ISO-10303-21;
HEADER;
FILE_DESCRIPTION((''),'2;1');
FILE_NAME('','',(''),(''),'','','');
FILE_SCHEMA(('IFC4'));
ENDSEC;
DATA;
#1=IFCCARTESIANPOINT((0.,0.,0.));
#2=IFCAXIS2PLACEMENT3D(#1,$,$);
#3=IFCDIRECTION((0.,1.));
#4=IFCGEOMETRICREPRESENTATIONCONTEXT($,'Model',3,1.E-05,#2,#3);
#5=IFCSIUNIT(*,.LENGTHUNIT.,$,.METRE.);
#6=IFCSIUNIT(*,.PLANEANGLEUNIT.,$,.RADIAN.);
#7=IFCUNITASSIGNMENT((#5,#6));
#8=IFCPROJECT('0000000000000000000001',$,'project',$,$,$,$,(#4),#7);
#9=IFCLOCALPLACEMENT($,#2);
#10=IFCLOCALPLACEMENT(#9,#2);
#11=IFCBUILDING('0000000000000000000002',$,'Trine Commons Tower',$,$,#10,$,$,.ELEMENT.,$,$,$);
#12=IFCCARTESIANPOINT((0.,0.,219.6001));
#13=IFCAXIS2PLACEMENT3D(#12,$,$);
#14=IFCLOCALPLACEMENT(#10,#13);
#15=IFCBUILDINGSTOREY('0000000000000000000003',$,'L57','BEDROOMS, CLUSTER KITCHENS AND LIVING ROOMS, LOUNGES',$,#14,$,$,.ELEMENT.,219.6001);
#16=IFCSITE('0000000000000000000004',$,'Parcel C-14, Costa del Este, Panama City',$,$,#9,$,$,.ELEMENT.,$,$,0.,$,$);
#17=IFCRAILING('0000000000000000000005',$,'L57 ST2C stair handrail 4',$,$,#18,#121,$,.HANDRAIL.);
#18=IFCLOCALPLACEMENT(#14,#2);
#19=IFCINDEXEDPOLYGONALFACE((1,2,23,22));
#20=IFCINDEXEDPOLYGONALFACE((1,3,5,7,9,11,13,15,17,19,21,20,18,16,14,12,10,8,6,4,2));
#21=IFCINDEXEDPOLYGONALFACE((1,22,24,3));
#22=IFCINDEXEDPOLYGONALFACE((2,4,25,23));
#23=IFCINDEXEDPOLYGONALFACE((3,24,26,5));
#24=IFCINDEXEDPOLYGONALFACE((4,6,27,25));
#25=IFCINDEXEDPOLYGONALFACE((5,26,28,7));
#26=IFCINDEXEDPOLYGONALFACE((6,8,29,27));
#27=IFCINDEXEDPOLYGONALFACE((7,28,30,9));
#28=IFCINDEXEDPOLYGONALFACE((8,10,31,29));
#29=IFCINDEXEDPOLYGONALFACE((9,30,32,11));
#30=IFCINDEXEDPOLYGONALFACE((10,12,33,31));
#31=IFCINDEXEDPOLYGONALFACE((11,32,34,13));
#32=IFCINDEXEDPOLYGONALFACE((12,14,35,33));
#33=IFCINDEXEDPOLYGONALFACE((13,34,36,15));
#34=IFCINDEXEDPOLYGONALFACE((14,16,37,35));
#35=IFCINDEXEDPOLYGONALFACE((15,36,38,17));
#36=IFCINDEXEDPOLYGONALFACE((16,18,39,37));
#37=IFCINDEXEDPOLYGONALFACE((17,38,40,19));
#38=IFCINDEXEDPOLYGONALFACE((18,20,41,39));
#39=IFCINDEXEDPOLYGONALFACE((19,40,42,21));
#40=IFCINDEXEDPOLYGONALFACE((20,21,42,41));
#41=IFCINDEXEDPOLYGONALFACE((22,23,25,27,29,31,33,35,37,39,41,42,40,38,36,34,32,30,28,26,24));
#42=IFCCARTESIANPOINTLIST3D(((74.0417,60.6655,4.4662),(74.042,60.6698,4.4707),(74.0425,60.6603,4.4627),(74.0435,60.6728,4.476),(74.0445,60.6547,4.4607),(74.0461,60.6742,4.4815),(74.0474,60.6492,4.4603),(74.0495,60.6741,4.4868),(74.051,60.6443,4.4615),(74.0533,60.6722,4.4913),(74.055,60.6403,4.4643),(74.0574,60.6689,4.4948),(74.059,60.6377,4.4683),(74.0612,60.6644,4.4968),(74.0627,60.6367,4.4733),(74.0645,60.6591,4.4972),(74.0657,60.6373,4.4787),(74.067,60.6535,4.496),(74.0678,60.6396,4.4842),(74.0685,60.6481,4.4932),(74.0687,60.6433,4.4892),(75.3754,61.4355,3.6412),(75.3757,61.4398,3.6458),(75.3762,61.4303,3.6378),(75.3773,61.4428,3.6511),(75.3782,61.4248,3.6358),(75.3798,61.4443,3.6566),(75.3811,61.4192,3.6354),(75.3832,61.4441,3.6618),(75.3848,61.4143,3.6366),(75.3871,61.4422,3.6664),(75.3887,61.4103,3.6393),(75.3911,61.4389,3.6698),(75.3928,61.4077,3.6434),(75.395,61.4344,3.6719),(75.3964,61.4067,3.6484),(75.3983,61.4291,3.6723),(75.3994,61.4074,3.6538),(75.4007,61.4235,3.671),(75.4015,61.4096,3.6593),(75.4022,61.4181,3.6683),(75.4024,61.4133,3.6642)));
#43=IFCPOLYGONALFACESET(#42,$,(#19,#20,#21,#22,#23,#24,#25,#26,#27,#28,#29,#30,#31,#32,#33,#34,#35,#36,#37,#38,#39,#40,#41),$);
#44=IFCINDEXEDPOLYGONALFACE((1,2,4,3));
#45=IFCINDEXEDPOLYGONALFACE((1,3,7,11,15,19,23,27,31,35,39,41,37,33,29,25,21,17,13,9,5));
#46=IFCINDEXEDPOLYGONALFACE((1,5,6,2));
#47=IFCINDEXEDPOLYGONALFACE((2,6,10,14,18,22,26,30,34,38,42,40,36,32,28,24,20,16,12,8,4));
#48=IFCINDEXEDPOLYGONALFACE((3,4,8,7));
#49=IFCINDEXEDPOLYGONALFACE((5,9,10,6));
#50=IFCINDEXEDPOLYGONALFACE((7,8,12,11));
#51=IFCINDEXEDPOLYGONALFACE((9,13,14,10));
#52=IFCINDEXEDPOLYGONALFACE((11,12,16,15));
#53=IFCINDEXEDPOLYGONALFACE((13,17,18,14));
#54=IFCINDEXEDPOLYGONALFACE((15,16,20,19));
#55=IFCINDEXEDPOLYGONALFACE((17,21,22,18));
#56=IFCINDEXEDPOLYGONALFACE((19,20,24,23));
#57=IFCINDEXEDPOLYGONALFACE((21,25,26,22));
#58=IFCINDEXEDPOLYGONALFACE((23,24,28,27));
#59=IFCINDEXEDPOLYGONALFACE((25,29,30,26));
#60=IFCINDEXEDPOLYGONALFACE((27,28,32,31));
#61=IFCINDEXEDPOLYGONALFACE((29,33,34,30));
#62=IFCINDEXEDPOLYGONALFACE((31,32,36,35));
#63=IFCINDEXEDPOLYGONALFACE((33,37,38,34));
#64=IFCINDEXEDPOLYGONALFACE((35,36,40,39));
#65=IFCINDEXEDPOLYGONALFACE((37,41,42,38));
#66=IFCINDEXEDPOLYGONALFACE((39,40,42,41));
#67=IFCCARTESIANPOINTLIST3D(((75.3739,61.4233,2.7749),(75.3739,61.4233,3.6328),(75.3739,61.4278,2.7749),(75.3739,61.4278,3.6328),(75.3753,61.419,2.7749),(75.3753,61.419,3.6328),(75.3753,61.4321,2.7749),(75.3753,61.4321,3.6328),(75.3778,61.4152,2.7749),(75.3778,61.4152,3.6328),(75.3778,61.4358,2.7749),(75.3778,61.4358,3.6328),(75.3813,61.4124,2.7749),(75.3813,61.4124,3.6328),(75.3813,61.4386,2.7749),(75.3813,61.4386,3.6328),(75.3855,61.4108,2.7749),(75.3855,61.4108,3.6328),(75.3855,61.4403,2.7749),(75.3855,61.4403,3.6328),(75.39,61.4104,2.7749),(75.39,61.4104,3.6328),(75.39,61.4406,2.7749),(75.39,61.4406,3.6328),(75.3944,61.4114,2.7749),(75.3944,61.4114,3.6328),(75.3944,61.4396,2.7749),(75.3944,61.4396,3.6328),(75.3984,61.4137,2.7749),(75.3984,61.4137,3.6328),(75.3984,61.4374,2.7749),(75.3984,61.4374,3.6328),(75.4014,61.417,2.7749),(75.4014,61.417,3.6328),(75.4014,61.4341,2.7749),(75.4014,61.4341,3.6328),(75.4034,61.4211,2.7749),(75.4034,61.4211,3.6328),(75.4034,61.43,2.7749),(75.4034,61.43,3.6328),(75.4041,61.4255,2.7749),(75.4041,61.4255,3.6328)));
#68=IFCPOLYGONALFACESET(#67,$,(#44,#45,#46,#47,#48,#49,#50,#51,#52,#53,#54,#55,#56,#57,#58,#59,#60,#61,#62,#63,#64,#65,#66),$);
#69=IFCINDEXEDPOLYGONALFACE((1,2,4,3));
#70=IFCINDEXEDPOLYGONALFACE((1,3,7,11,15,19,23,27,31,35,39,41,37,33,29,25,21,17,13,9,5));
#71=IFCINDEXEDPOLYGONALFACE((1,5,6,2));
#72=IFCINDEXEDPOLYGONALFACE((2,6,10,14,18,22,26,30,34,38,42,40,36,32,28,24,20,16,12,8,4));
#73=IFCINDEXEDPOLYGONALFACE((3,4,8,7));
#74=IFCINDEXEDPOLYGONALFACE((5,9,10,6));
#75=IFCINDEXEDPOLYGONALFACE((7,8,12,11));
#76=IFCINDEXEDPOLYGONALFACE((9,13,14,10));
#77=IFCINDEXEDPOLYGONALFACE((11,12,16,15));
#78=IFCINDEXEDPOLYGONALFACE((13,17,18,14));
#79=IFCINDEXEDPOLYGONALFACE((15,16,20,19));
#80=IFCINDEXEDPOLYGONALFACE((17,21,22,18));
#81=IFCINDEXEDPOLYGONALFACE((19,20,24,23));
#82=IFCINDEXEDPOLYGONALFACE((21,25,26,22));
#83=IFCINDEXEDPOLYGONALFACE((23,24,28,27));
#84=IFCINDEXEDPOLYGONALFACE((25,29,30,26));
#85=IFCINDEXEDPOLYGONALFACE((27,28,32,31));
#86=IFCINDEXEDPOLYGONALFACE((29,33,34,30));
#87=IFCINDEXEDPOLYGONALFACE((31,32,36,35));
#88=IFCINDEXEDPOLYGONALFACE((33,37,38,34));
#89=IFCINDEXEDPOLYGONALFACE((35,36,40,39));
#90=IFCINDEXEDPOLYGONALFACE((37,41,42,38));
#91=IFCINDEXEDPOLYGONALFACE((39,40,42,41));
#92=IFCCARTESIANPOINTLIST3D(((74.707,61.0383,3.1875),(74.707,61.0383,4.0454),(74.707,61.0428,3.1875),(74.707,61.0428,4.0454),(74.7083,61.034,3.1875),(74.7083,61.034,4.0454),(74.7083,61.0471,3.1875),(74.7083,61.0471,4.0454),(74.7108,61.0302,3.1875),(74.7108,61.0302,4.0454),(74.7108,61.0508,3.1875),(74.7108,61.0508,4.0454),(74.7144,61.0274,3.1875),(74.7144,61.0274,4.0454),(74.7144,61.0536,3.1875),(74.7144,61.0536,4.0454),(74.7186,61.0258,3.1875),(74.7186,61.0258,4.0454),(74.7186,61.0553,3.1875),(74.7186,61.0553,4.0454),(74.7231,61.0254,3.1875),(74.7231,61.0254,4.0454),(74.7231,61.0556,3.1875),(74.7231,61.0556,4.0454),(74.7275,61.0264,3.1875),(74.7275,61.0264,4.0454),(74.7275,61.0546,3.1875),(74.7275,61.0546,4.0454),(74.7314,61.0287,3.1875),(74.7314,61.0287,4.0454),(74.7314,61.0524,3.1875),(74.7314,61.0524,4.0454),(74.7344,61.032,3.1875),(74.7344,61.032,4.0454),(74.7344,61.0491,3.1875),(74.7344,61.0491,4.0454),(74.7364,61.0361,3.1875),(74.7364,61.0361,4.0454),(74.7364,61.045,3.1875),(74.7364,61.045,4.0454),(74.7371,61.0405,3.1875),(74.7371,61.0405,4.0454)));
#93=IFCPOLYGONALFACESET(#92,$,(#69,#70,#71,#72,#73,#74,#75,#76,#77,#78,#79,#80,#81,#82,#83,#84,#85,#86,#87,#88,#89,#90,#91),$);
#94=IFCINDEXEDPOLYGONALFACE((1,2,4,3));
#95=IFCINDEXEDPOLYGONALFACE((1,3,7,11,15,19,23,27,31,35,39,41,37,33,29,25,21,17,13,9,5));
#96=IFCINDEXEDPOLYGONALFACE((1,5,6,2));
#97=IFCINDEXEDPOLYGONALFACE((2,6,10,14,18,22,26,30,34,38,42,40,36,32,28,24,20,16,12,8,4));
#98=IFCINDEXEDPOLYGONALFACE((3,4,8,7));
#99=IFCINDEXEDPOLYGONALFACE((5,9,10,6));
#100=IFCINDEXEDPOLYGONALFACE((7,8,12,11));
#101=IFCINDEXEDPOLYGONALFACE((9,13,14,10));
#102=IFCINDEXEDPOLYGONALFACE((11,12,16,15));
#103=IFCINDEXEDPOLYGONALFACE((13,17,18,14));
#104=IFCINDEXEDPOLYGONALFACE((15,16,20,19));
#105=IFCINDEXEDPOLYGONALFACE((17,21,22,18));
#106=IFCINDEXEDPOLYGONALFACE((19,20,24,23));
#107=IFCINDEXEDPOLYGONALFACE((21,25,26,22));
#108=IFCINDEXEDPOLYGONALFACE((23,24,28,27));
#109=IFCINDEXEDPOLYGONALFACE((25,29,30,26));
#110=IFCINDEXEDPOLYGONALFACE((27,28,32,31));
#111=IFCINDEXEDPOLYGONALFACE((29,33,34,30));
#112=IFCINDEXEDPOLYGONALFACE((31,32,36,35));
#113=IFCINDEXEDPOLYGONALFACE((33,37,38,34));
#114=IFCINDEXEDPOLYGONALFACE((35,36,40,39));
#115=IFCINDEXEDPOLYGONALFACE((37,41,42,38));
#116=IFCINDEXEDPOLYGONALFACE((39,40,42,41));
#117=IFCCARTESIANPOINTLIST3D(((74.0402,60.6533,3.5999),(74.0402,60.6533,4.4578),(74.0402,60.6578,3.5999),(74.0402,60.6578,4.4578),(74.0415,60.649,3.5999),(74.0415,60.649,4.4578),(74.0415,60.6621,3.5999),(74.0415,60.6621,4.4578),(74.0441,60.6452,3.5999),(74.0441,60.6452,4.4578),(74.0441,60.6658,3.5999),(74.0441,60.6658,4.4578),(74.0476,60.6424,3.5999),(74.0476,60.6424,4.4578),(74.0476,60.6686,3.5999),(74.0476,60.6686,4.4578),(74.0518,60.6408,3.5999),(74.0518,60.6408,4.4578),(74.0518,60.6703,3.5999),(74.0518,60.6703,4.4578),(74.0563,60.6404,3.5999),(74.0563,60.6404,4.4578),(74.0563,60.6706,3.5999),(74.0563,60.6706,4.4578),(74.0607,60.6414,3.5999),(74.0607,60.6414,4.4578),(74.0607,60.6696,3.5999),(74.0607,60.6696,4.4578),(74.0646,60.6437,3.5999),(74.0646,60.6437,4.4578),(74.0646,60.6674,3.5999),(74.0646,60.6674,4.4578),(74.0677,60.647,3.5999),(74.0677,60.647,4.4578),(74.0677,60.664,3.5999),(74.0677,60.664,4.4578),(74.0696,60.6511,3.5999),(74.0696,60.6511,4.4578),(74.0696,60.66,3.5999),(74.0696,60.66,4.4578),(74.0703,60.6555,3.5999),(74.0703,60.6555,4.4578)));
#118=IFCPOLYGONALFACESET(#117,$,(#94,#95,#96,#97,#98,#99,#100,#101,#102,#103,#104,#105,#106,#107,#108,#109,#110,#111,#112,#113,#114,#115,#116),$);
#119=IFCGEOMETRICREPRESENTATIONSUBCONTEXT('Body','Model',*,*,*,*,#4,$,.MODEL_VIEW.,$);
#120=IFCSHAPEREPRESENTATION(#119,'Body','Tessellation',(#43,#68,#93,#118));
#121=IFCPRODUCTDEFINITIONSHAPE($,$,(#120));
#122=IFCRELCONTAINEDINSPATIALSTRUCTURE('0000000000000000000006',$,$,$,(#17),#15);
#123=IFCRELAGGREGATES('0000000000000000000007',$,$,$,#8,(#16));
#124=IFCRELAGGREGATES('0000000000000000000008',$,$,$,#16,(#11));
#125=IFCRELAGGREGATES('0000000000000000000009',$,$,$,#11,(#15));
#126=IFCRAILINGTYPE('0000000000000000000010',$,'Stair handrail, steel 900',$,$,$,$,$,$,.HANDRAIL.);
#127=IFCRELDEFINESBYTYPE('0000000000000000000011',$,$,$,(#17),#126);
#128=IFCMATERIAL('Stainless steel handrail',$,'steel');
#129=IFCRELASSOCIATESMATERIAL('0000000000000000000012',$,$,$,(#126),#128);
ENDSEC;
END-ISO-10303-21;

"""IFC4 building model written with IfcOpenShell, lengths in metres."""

from ifc_helpers import new_model, si_unit, direction, frame, origin, origin_2d, place, context, subcontext, project, spatial, circle, extrude, material, type_object, element, save


model = new_model("IFC4")

# Units and contexts
model_context = context("Model", 3, precision=1e-05, world=origin(), true_north=direction((0.0, 1.0)))
body_context = subcontext(model_context, "Body", "Model", "MODEL_VIEW")
ifc_project = project(units=[si_unit("LENGTHUNIT", "METRE"), si_unit("PLANEANGLEUNIT", "RADIAN")], contexts=[model_context])

# Site, building, storey
site_placement = place(None, origin())
site = spatial("IfcSite", under=ifc_project, at=site_placement, Name="Parcel C-14, Costa del Este, Panama City", CompositionType="ELEMENT", RefElevation=0.0)
building_placement = place(site_placement, origin())
building = spatial("IfcBuilding", under=site, at=building_placement, Name="Trine Commons Tower", CompositionType="ELEMENT")
storey_placement = place(building_placement, frame((0.0, 0.0, 219.6001)))
storey = spatial("IfcBuildingStorey", under=building, at=storey_placement, Name="L57", Description="BEDROOMS, CLUSTER KITCHENS AND LIVING ROOMS, LOUNGES", CompositionType="ELEMENT", Elevation=219.6001)

# Railing
ifc_material_1 = material(Name="Stainless steel handrail", Category="steel")
railing_type_1 = type_object("IfcRailingType", Name="Stair handrail, steel 900", PredefinedType="HANDRAIL", material=ifc_material_1)
for number, where, name in (
    (1, (75.3889, 61.4255, 2.7749), "L57 ST2C stair handrail 4"),
):
    element("IfcRailing", number, at=place(storey_placement, frame(where)), inside=storey, type_object=railing_type_1, Name=name, PredefinedType="HANDRAIL", context=body_context, shape_type="SweptSolid", body=[
        extrude(circle(Radius=0.021, at=origin_2d()), frame((0.0, 0.0, 0.8789), z_axis=(-0.763405, -0.440743, 0.472185), x_axis=(0.499992, -0.86603, 0.0)), (0.0, 0.0, 1.0), 1.7471),
        extrude(circle(Radius=0.0151, at=origin_2d()), origin(), (0.0, 0.0, 1.0), 0.8579),
        extrude(circle(Radius=0.0151, at=origin_2d()), frame((-0.667, -0.385, 0.4126)), (0.0, 0.0, 1.0), 0.8579),
        extrude(circle(Radius=0.0151, at=origin_2d()), frame((-1.3337, -0.77, 0.825)), (0.0, 0.0, 1.0), 0.8579),
    ])

save(model, "model.ifc")
